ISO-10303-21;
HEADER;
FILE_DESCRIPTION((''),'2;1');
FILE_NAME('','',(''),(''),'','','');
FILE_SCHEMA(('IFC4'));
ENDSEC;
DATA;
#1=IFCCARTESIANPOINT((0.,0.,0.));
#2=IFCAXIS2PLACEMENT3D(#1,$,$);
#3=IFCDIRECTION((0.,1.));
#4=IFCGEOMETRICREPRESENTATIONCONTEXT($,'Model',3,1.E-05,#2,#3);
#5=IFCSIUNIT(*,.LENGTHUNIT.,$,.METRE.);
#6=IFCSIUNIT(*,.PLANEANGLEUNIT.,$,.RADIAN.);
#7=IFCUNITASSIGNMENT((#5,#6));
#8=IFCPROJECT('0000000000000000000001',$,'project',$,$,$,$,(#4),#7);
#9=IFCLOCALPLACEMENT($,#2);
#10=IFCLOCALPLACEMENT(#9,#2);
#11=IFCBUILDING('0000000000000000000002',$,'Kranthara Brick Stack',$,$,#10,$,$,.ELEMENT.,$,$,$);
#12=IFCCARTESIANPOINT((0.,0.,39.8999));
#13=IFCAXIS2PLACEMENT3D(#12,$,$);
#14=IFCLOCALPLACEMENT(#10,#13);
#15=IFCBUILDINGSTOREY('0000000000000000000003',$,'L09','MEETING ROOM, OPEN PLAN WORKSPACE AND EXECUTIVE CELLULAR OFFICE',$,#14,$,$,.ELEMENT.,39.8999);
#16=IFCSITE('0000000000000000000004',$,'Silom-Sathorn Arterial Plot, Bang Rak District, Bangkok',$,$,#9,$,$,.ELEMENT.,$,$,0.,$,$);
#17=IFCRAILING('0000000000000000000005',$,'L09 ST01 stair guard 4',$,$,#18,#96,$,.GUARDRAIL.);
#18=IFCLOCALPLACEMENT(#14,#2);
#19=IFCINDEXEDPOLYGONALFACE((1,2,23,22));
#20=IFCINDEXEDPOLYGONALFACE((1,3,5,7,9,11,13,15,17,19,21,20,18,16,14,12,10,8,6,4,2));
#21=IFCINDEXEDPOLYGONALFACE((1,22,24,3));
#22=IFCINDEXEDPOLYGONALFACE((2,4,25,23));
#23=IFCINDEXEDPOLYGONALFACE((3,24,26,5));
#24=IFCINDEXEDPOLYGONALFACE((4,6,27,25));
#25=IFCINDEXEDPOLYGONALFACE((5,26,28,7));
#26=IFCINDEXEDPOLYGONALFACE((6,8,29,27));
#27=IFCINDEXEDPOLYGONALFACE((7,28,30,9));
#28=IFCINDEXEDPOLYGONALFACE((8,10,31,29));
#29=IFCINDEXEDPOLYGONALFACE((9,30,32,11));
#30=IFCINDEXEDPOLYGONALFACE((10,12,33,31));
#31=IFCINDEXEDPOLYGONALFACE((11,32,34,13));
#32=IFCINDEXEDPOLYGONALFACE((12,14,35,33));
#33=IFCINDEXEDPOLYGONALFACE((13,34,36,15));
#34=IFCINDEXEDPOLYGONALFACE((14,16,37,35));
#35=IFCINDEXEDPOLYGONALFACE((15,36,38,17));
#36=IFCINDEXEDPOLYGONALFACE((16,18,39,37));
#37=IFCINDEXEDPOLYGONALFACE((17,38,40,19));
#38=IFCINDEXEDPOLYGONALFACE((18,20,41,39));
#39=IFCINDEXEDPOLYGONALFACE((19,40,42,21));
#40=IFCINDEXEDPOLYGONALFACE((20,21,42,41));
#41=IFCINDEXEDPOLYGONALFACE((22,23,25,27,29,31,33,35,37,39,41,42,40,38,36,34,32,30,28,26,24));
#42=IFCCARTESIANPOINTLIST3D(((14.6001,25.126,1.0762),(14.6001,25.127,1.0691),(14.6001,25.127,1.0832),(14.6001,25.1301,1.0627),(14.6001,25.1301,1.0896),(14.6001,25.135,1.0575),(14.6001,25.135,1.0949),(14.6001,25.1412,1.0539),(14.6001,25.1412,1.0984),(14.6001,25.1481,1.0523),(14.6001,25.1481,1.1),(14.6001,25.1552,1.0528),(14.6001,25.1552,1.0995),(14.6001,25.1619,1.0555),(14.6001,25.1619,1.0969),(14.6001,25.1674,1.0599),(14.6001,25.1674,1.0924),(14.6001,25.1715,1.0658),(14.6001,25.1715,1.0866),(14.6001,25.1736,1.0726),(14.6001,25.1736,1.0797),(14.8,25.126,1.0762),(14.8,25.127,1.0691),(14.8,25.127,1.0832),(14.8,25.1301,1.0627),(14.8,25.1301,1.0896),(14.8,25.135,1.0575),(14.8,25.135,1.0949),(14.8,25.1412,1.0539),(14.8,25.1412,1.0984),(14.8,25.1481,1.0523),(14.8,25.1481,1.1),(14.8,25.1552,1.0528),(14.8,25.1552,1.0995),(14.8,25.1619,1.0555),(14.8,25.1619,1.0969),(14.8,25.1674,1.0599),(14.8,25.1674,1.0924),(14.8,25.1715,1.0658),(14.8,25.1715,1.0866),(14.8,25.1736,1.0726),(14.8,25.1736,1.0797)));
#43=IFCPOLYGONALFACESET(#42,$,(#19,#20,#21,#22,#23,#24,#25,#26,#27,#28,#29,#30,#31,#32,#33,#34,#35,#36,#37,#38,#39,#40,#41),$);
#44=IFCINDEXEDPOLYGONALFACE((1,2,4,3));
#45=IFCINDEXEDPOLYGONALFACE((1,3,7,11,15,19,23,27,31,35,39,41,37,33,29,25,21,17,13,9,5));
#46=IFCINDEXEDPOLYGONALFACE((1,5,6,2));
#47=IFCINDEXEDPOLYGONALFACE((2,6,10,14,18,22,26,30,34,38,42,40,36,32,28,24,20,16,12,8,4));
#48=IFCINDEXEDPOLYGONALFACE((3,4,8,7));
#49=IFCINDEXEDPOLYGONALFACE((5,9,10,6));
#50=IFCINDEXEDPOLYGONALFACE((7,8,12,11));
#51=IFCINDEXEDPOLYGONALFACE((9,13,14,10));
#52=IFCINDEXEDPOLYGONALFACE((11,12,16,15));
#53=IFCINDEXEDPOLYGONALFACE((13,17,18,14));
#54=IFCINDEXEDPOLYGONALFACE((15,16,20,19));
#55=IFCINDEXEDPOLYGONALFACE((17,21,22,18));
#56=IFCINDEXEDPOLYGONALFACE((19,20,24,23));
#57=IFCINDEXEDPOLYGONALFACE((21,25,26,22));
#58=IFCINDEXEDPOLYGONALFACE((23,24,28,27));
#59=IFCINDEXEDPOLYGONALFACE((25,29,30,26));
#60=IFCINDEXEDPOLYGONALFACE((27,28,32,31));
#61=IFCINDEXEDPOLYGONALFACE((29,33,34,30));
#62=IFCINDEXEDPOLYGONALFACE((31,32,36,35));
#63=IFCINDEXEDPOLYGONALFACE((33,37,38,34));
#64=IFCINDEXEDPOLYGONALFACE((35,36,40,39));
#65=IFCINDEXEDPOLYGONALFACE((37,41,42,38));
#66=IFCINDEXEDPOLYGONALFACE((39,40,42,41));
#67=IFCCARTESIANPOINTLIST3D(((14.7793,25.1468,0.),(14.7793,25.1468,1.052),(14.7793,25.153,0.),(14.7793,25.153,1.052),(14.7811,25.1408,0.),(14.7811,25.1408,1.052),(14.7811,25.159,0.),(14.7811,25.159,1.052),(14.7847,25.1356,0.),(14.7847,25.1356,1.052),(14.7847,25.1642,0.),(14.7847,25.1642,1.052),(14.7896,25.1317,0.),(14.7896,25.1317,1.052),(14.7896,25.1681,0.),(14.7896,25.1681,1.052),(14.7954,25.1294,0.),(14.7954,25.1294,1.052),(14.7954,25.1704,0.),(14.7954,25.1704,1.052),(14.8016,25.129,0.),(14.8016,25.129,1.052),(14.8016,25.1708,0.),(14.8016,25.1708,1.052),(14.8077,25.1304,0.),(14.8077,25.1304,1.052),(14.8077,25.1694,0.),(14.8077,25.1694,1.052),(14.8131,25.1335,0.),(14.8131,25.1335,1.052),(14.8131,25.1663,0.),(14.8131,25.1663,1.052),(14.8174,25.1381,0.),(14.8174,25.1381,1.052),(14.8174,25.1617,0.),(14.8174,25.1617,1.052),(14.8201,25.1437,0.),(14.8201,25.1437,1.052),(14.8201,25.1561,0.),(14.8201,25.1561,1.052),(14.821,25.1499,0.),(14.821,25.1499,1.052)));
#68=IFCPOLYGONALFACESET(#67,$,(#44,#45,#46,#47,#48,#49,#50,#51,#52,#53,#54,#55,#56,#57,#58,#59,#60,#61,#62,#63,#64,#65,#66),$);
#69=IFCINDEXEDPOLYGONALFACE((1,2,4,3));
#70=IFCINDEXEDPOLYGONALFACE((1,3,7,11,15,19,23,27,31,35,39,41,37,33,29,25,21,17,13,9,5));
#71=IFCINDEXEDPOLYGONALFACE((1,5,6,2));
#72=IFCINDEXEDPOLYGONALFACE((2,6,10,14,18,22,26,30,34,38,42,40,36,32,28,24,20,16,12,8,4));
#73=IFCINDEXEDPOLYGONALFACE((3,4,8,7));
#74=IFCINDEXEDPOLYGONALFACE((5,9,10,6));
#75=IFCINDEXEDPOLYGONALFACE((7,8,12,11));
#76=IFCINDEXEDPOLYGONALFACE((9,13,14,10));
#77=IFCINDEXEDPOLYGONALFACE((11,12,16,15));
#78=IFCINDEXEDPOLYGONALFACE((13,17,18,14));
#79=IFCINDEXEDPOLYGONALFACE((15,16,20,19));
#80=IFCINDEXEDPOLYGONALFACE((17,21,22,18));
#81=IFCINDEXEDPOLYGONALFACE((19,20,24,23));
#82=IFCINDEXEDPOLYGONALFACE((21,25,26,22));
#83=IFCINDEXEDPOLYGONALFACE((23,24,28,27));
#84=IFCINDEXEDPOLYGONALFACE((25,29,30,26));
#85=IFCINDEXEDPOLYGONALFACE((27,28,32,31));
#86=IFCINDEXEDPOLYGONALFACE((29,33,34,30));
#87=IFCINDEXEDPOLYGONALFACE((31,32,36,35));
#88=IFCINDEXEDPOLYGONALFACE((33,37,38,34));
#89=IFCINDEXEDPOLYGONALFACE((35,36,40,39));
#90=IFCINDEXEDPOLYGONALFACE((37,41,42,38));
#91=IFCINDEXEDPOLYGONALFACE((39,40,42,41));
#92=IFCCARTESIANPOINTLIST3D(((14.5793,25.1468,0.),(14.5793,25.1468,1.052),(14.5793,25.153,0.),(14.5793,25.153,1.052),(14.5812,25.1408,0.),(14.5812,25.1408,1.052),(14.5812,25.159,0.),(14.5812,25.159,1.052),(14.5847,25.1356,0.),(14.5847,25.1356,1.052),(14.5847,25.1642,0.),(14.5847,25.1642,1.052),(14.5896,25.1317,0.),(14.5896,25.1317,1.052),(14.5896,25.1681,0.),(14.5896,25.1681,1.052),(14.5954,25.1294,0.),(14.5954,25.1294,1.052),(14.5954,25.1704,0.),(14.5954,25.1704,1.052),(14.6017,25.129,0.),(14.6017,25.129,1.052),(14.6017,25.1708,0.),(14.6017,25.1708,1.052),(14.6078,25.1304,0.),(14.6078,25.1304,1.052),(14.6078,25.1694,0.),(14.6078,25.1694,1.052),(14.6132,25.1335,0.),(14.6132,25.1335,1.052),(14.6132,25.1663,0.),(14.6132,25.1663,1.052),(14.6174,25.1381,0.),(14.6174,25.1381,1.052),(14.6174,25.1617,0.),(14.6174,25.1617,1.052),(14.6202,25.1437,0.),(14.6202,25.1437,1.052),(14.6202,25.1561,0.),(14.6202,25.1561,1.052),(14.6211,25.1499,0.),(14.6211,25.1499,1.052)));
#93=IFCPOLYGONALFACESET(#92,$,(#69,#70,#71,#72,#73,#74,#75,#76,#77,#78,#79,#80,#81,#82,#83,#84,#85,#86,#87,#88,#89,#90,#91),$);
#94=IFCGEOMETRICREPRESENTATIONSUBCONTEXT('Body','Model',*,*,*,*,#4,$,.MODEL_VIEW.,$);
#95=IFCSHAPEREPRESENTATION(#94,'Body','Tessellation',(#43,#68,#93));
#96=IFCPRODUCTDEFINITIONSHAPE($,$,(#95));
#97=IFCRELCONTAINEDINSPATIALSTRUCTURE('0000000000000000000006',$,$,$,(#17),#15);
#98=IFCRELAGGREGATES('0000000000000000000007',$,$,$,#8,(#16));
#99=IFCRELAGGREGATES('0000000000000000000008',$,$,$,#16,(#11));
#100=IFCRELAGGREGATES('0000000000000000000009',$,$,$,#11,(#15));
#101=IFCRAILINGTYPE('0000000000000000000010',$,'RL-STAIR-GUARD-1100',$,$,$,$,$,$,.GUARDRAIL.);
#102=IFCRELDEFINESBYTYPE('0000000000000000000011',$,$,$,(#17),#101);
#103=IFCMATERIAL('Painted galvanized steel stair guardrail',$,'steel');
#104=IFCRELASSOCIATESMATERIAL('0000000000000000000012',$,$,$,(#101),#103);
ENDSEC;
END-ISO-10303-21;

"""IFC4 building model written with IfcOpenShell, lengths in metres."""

from ifc_helpers import new_model, si_unit, direction, frame, origin, origin_2d, place, context, subcontext, project, spatial, circle, extrude, material, type_object, element, save


model = new_model("IFC4")

# Units and contexts
model_context = context("Model", 3, precision=1e-05, world=origin(), true_north=direction((0.0, 1.0)))
body_context = subcontext(model_context, "Body", "Model", "MODEL_VIEW")
ifc_project = project(units=[si_unit("LENGTHUNIT", "METRE"), si_unit("PLANEANGLEUNIT", "RADIAN")], contexts=[model_context])

# Site, building, storey
site_placement = place(None, origin())
site = spatial("IfcSite", under=ifc_project, at=site_placement, Name="Silom-Sathorn Arterial Plot, Bang Rak District, Bangkok", CompositionType="ELEMENT", RefElevation=0.0)
building_placement = place(site_placement, origin())
building = spatial("IfcBuilding", under=site, at=building_placement, Name="Kranthara Brick Stack", CompositionType="ELEMENT")
storey_placement = place(building_placement, frame((0.0, 0.0, 39.8999)))
storey = spatial("IfcBuildingStorey", under=building, at=storey_placement, Name="L09", Description="MEETING ROOM, OPEN PLAN WORKSPACE AND EXECUTIVE CELLULAR OFFICE", CompositionType="ELEMENT", Elevation=39.8999)

# Railing
ifc_material_1 = material(Name="Painted galvanized steel stair guardrail", Category="steel")
railing_type_1 = type_object("IfcRailingType", Name="RL-STAIR-GUARD-1100", PredefinedType="GUARDRAIL", material=ifc_material_1)
railing_1_placement = place(storey_placement, frame((14.8, 25.1499, 0.0)))
element("IfcRailing", 1, at=railing_1_placement, inside=storey, type_object=railing_type_1, Name="L09 ST01 stair guard 4", PredefinedType="GUARDRAIL", context=body_context, shape_type="SweptSolid", body=[
    extrude(circle(Radius=0.0239, at=origin_2d()), frame((0.0, 0.0, 1.0762), z_axis=(-1.0, 0.0, 0.0), x_axis=(0.0, -1.0, 0.0)), (0.0, 0.0, 1.0), 0.2),
    extrude(circle(Radius=0.021, at=origin_2d()), origin(), (0.0, 0.0, 1.0), 1.052),
    extrude(circle(Radius=0.021, at=origin_2d()), frame((-0.2, 0.0, 0.0)), (0.0, 0.0, 1.0), 1.052),
])

save(model, "model.ifc")
